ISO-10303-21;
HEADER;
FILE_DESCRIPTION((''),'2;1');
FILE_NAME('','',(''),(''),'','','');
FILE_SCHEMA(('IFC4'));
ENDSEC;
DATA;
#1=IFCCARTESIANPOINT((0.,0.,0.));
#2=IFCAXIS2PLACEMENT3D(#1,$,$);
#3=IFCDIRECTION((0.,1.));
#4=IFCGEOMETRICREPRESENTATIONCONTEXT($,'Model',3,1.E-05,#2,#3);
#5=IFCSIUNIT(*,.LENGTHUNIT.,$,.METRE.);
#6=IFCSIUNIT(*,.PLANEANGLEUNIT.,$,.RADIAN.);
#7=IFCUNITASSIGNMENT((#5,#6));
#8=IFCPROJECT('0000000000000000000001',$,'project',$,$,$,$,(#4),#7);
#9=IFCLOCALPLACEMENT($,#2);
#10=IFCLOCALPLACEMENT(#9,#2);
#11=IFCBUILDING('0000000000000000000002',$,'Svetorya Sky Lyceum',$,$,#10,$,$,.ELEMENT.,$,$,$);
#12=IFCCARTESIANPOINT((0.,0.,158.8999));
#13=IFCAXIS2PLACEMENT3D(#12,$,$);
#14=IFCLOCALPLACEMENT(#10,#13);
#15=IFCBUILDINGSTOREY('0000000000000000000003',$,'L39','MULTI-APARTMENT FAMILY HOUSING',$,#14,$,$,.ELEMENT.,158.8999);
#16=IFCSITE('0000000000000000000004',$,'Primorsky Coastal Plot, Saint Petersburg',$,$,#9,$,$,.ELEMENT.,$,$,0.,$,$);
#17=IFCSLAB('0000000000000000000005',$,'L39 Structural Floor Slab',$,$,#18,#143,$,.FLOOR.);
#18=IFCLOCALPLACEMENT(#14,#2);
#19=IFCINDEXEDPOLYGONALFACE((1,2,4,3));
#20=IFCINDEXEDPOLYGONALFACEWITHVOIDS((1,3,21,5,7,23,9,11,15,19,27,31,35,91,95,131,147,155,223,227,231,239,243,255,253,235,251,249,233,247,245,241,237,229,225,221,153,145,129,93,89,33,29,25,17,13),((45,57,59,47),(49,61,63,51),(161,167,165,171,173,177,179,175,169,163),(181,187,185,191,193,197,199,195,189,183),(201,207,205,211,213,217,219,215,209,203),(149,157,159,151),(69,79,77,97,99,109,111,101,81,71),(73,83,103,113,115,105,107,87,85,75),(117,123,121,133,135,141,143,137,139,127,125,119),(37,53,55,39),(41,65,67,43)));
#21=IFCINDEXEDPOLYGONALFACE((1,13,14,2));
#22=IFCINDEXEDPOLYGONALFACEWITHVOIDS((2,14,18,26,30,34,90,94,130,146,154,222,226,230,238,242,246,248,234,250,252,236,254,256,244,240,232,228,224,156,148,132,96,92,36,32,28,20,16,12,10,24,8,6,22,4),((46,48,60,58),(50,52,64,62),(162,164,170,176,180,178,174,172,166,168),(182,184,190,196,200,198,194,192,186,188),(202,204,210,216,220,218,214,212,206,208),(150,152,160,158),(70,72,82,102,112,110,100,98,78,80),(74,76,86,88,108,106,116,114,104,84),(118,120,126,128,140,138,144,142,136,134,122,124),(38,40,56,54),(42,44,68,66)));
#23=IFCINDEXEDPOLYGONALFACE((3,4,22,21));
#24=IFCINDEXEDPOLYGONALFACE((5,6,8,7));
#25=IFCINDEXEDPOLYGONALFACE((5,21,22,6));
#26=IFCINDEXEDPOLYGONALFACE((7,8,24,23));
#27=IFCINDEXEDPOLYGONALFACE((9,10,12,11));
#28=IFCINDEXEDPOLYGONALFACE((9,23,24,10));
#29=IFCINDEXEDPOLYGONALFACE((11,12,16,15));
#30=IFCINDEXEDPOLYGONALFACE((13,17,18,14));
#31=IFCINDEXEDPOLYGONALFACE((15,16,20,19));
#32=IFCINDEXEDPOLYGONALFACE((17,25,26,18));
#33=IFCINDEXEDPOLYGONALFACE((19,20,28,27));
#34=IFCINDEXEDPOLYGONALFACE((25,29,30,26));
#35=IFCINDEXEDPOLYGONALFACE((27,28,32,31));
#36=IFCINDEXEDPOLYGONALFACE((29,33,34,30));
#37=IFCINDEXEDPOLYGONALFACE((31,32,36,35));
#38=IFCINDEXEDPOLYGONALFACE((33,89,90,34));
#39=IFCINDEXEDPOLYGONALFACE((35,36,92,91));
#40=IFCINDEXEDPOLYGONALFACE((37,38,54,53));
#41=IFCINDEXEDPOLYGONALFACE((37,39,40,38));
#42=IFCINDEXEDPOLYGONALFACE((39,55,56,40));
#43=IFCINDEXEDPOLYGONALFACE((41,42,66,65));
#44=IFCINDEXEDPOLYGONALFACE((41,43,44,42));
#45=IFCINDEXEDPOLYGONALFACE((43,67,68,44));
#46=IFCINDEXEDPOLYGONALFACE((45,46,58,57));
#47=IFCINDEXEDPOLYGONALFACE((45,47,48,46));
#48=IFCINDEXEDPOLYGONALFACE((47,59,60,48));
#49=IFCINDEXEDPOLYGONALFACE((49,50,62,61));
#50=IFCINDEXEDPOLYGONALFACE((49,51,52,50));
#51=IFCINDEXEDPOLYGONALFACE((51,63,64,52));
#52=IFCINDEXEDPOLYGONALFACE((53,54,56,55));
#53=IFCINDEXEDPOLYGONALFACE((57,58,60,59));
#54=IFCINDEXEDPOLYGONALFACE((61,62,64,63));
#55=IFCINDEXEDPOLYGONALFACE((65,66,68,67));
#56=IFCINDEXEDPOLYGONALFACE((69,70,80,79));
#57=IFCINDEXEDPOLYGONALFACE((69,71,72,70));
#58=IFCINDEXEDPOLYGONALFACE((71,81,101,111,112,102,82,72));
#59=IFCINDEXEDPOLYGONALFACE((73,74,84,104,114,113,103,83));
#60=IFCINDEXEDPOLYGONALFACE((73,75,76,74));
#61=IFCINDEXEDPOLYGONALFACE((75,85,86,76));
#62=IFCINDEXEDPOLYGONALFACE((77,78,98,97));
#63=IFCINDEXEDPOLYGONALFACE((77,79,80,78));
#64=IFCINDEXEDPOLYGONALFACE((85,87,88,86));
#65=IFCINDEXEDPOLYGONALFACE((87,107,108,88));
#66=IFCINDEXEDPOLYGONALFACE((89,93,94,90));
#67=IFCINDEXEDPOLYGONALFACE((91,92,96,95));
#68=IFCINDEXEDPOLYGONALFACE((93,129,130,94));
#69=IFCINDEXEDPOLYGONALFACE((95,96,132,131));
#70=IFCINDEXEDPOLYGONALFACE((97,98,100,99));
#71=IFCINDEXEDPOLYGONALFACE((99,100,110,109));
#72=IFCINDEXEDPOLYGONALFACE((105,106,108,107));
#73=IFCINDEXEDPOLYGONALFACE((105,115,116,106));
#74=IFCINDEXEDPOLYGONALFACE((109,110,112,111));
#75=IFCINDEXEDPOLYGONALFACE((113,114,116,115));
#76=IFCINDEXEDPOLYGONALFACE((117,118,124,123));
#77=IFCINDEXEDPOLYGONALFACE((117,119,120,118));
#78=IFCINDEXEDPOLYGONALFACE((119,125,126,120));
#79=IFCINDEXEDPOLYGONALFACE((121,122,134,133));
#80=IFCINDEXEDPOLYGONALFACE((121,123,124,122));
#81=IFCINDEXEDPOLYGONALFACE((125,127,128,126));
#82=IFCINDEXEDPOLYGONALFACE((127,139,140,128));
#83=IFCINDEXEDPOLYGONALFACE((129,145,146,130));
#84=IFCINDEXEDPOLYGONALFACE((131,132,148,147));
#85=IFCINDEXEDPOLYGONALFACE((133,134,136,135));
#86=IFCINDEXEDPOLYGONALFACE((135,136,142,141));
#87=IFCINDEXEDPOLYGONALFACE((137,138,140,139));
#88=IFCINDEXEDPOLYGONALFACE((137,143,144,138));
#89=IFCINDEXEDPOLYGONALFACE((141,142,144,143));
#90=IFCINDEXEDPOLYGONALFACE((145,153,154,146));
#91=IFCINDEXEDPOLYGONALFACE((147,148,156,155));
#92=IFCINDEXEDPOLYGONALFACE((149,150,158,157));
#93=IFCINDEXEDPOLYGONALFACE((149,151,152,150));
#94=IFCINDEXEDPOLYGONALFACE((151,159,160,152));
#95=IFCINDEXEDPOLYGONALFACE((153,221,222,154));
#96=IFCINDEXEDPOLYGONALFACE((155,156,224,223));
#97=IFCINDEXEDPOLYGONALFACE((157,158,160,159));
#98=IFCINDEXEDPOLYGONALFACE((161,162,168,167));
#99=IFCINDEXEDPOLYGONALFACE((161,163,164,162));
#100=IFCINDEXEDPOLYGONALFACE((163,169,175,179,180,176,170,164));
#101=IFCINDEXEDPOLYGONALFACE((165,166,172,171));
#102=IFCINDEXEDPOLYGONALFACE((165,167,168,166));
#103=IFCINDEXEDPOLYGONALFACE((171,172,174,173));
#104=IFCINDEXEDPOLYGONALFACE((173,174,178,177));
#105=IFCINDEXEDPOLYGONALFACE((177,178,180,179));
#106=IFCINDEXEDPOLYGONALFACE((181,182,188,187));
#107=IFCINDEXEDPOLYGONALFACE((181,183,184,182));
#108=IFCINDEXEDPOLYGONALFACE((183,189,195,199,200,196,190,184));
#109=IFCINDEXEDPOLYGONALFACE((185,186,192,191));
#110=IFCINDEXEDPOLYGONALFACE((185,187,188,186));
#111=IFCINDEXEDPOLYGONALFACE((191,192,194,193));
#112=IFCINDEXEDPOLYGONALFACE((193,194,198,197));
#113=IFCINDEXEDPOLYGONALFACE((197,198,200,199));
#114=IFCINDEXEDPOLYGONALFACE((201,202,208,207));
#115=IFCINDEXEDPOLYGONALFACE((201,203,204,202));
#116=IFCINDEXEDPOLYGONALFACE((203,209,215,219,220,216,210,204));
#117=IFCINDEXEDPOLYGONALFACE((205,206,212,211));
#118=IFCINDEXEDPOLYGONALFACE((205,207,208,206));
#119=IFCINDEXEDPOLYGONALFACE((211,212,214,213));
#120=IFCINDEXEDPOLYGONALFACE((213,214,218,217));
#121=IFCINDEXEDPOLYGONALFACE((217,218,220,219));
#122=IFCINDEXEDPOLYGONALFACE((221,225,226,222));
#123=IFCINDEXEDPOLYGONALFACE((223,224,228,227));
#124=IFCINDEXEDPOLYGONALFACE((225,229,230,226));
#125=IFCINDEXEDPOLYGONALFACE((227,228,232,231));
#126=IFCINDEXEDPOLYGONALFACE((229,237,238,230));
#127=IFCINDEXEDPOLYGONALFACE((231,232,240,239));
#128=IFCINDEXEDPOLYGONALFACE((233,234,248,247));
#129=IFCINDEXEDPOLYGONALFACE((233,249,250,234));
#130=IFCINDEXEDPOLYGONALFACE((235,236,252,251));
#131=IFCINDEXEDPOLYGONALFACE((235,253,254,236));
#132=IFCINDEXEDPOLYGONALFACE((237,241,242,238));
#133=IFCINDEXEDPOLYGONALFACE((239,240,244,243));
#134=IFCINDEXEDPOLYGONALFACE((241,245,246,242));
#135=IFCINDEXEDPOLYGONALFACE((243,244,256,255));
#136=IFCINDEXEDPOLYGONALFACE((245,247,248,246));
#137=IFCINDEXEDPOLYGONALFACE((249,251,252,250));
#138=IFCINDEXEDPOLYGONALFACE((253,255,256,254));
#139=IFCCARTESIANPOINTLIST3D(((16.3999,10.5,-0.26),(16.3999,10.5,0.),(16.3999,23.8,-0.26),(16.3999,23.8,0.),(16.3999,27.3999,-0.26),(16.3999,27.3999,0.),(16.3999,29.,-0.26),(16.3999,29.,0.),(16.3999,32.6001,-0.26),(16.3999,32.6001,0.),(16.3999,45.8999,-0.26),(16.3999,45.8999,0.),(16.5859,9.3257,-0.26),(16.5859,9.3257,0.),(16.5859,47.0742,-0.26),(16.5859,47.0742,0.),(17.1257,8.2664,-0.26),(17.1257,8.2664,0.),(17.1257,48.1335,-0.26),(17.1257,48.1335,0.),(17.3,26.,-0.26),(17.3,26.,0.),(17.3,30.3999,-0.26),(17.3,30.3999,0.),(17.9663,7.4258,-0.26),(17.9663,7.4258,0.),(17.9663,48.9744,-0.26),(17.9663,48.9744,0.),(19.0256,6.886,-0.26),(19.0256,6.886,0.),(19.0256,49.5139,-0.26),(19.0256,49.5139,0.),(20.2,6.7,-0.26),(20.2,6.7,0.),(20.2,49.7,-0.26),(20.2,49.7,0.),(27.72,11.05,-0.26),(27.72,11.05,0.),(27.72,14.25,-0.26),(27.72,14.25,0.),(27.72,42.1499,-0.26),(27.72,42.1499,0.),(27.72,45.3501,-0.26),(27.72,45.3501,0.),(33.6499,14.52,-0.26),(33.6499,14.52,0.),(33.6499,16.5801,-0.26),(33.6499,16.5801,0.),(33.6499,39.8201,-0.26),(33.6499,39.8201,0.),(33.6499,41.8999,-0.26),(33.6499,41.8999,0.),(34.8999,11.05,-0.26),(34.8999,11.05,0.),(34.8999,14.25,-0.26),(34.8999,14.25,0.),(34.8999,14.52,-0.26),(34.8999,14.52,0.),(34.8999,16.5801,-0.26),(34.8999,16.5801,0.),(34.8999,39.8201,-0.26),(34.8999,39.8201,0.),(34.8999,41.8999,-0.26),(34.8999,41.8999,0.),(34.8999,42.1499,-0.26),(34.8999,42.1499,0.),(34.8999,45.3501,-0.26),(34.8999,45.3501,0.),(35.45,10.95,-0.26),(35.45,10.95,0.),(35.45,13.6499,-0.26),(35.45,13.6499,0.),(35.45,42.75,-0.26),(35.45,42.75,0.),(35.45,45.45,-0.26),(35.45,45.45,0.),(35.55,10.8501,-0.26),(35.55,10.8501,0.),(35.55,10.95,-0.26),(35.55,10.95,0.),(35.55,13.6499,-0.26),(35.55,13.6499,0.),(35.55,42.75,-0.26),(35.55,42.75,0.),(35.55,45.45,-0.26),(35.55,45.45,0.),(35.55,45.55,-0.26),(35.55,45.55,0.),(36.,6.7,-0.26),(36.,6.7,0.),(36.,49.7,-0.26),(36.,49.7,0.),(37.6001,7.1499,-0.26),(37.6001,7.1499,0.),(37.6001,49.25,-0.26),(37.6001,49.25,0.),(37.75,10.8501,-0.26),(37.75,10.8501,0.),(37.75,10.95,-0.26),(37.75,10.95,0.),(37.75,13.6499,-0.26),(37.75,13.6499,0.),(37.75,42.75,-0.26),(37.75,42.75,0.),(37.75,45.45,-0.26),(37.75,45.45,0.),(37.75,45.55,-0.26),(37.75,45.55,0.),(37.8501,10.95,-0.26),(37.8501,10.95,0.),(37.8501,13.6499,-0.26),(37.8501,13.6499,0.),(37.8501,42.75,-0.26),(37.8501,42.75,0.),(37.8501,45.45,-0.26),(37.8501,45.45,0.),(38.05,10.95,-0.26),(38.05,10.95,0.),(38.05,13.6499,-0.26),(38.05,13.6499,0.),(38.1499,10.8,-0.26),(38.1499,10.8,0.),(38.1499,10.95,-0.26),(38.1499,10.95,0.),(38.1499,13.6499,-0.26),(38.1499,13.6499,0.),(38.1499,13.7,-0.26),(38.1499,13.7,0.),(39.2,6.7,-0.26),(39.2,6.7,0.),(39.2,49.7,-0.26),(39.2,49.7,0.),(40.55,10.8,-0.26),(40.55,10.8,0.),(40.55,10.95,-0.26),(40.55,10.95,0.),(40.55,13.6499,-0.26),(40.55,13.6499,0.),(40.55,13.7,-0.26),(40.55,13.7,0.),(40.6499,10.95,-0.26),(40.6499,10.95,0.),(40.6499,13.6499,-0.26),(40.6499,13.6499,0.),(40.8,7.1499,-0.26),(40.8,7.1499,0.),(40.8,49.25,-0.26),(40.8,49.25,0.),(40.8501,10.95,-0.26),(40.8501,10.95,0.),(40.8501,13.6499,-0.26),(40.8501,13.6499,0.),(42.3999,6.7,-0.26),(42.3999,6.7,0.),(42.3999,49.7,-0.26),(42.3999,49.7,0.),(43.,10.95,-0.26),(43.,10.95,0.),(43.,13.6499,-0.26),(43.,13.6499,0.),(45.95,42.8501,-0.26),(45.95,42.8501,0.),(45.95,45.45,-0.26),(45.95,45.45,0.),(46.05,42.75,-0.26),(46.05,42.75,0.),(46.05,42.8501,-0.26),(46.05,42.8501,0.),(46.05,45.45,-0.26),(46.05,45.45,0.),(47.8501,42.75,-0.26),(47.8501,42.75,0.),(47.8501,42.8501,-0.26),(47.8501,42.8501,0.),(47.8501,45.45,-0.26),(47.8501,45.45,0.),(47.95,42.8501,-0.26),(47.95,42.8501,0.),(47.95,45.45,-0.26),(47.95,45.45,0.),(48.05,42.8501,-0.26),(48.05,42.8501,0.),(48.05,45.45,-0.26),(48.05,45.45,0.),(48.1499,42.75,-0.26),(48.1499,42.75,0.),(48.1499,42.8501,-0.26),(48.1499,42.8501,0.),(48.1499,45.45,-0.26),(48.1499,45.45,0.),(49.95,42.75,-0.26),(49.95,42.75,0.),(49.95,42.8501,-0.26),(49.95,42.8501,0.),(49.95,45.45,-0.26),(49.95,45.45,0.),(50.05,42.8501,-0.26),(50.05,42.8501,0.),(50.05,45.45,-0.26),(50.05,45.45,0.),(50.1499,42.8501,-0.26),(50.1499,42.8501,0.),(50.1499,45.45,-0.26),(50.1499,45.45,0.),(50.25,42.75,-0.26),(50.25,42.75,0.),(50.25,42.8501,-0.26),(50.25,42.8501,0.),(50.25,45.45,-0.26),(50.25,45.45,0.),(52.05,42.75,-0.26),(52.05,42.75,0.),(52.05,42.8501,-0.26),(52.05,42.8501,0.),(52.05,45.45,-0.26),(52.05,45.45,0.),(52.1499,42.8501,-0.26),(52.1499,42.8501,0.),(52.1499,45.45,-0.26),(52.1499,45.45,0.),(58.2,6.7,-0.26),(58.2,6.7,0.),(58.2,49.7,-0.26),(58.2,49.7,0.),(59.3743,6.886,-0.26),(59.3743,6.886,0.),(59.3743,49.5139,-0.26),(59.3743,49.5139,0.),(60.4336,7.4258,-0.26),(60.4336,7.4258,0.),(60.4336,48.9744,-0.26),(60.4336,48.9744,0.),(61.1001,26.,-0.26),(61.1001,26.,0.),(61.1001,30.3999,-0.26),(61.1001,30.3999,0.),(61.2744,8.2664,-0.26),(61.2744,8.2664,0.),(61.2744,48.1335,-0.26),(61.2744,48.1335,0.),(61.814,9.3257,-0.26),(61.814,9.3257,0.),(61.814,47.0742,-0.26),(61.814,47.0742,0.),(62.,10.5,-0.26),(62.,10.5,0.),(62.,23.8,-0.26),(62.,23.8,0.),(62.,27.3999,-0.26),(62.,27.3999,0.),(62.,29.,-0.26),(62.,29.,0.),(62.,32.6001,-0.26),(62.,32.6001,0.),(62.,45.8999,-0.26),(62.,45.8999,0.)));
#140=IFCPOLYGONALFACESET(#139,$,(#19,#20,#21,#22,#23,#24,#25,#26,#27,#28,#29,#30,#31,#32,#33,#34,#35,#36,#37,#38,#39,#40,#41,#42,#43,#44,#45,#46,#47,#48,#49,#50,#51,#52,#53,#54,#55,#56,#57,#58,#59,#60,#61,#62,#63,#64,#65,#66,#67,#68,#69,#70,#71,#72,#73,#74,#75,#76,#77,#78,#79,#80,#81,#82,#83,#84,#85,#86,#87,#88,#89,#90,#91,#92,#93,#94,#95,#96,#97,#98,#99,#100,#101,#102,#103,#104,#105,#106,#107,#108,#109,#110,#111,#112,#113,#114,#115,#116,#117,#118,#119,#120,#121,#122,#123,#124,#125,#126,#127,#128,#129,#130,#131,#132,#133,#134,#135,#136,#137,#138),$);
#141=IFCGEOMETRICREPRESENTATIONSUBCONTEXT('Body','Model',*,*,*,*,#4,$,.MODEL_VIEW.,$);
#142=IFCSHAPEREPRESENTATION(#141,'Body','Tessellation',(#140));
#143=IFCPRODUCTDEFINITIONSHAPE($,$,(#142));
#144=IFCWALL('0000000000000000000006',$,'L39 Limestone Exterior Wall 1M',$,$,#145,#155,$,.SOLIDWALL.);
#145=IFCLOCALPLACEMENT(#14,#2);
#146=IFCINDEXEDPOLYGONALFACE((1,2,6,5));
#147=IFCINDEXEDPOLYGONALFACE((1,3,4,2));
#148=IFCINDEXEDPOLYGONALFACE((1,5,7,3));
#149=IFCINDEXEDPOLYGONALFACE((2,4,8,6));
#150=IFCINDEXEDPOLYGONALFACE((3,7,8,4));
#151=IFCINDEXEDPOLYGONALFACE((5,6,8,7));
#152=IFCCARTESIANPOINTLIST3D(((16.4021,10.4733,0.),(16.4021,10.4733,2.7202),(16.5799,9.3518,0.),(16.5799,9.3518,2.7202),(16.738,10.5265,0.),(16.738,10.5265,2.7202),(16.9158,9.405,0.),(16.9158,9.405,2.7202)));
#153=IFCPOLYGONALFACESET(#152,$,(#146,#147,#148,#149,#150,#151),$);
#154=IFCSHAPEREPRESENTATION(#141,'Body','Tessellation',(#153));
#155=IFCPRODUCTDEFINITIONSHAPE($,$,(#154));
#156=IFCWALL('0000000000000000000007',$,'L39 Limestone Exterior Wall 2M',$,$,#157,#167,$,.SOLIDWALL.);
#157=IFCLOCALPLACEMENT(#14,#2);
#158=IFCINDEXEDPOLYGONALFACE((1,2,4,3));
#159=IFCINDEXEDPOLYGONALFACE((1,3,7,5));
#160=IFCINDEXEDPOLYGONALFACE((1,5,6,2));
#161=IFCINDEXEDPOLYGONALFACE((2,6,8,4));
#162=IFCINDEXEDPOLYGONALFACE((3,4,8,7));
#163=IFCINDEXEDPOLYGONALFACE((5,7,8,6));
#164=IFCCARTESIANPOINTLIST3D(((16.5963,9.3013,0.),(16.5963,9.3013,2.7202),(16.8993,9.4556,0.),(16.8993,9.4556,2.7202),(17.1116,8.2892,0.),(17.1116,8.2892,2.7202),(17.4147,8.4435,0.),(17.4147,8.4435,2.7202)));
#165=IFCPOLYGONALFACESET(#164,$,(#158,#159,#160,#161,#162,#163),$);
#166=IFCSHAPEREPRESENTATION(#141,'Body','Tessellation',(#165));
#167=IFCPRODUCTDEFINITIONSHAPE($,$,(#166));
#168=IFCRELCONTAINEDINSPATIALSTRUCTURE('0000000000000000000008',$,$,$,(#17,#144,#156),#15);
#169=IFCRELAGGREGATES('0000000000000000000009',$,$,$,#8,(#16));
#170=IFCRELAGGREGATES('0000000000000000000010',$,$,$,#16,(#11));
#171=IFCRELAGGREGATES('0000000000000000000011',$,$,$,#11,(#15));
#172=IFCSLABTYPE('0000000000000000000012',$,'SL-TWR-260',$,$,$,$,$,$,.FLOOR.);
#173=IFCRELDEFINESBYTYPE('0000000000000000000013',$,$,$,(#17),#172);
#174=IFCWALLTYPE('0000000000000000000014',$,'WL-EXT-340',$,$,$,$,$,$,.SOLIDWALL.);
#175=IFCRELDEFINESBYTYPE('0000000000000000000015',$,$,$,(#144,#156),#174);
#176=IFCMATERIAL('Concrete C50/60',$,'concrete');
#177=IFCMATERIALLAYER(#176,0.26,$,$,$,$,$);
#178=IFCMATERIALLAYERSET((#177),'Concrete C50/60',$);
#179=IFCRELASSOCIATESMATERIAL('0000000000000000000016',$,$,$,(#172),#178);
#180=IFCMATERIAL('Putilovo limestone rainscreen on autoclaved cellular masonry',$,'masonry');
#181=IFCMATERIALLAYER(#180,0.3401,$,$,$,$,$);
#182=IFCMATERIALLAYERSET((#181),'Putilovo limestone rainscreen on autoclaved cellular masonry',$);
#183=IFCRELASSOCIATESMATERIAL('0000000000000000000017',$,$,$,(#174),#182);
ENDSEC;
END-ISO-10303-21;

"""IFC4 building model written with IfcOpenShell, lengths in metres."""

from ifc_helpers import new_model, si_unit, direction, frame, frame_2d, origin, place, context, subcontext, project, spatial, polyline, rectangle, outline, extrude, material, layer, layer_set, type_object, element, save


model = new_model("IFC4")

# Units and contexts
model_context = context("Model", 3, precision=1e-05, world=origin(), true_north=direction((0.0, 1.0)))
body_context = subcontext(model_context, "Body", "Model", "MODEL_VIEW")
ifc_project = project(units=[si_unit("LENGTHUNIT", "METRE"), si_unit("PLANEANGLEUNIT", "RADIAN")], contexts=[model_context])

# Site, building, storey
site_placement = place(None, origin())
site = spatial("IfcSite", under=ifc_project, at=site_placement, Name="Primorsky Coastal Plot, Saint Petersburg", CompositionType="ELEMENT", RefElevation=0.0)
building_placement = place(site_placement, origin())
building = spatial("IfcBuilding", under=site, at=building_placement, Name="Svetorya Sky Lyceum", CompositionType="ELEMENT")
storey_placement = place(building_placement, frame((0.0, 0.0, 158.8999)))
storey = spatial("IfcBuildingStorey", under=building, at=storey_placement, Name="L39", Description="MULTI-APARTMENT FAMILY HOUSING", CompositionType="ELEMENT", Elevation=158.8999)

# Shared definitions
ifc_material_1 = material(Name="Concrete C50/60", Category="concrete")

# Slab
ifc_layer_1 = layer(ifc_material_1, 0.26)
ifc_layer_set_1 = layer_set([ifc_layer_1], Name="Concrete C50/60")
slab_type_1 = type_object("IfcSlabType", Name="SL-TWR-260", PredefinedType="FLOOR", material=ifc_layer_set_1)
slab_1_placement = place(storey_placement, frame((0.0, 0.0, -0.26)))
element("IfcSlab", 1, at=slab_1_placement, inside=storey, type_object=slab_type_1, Name="L39 Structural Floor Slab", PredefinedType="FLOOR", context=body_context, shape_type="SweptSolid", body=[
    extrude(outline(polyline([(16.3999, 10.5), (16.5859, 9.3257), (17.1257, 8.2664), (17.9663, 7.4258), (19.0256, 6.886), (20.2, 6.7), (36.0, 6.7), (37.6001, 7.1499), (39.2, 6.7), (40.8, 7.1499), (42.3999, 6.7), (58.2, 6.7), (59.3743, 6.886), (60.4336, 7.4258), (61.2744, 8.2664), (61.814, 9.3257), (62.0, 10.5), (62.0, 23.8), (61.1001, 26.0), (62.0, 27.3999), (62.0, 29.0), (61.1001, 30.3999), (62.0, 32.6001), (62.0, 45.8999), (61.814, 47.0742), (61.2744, 48.1335), (60.4336, 48.9744), (59.3743, 49.5139), (58.2, 49.7), (42.3999, 49.7), (40.8, 49.25), (39.2, 49.7), (37.6001, 49.25), (36.0, 49.7), (20.2, 49.7), (19.0256, 49.5139), (17.9663, 48.9744), (17.1257, 48.1335), (16.5859, 47.0742), (16.3999, 45.8999), (16.3999, 32.6001), (17.3, 30.3999), (16.3999, 29.0), (16.3999, 27.3999), (17.3, 26.0), (16.3999, 23.8), (16.3999, 10.5)]), holes=[polyline([(37.8501, 10.95), (37.75, 10.95), (37.75, 10.8501), (35.55, 10.8501), (35.55, 10.95), (35.45, 10.95), (35.45, 13.6499), (35.55, 13.6499), (37.75, 13.6499), (37.8501, 13.6499), (37.8501, 10.95)]), polyline([(38.1499, 10.8), (38.1499, 10.95), (38.05, 10.95), (38.05, 13.6499), (38.1499, 13.6499), (38.1499, 13.7), (40.55, 13.7), (40.55, 13.6499), (40.6499, 13.6499), (40.6499, 10.95), (40.55, 10.95), (40.55, 10.8), (38.1499, 10.8)]), polyline([(27.72, 11.05), (27.72, 14.25), (34.8999, 14.25), (34.8999, 11.05), (27.72, 11.05)]), polyline([(33.6499, 14.52), (33.6499, 16.5801), (34.8999, 16.5801), (34.8999, 14.52), (33.6499, 14.52)]), polyline([(33.6499, 39.8201), (33.6499, 41.8999), (34.8999, 41.8999), (34.8999, 39.8201), (33.6499, 39.8201)]), polyline([(27.72, 42.1499), (27.72, 45.3501), (34.8999, 45.3501), (34.8999, 42.1499), (27.72, 42.1499)]), polyline([(37.75, 42.75), (35.55, 42.75), (35.45, 42.75), (35.45, 45.45), (35.55, 45.45), (35.55, 45.55), (37.75, 45.55), (37.75, 45.45), (37.8501, 45.45), (37.8501, 42.75), (37.75, 42.75)]), polyline([(40.8501, 10.95), (40.8501, 13.6499), (43.0, 13.6499), (43.0, 10.95), (40.8501, 10.95)]), polyline([(46.05, 42.75), (46.05, 42.8501), (45.95, 42.8501), (45.95, 45.45), (46.05, 45.45), (47.8501, 45.45), (47.95, 45.45), (47.95, 42.8501), (47.8501, 42.8501), (47.8501, 42.75), (46.05, 42.75)]), polyline([(50.05, 42.8501), (49.95, 42.8501), (49.95, 42.75), (48.1499, 42.75), (48.1499, 42.8501), (48.05, 42.8501), (48.05, 45.45), (48.1499, 45.45), (49.95, 45.45), (50.05, 45.45), (50.05, 42.8501)]), polyline([(52.1499, 42.8501), (52.05, 42.8501), (52.05, 42.75), (50.25, 42.75), (50.25, 42.8501), (50.1499, 42.8501), (50.1499, 45.45), (50.25, 45.45), (52.05, 45.45), (52.1499, 45.45), (52.1499, 42.8501)])]), origin(), (0.0, 0.0, 1.0), 0.26),
])

# Walls
ifc_material_2 = material(Name="Putilovo limestone rainscreen on autoclaved cellular masonry", Category="masonry")
ifc_layer_2 = layer(ifc_material_2, 0.3401)
ifc_layer_set_2 = layer_set([ifc_layer_2], Name="Putilovo limestone rainscreen on autoclaved cellular masonry")
wall_type_1 = type_object("IfcWallType", Name="WL-EXT-340", PredefinedType="SOLIDWALL", material=ifc_layer_set_2)
wall_1_placement = place(storey_placement, frame((16.5701, 10.5, 0.0), z_axis=(0.0, 0.0, 1.0), x_axis=(0.156515, -0.987676, 0.0)))
element("IfcWall", 2, at=wall_1_placement, inside=storey, type_object=wall_type_1, Name="L39 Limestone Exterior Wall 1M", PredefinedType="SOLIDWALL", context=body_context, shape_type="SweptSolid", body=[
    extrude(rectangle(XDim=1.1355, YDim=0.3401, at=frame_2d((0.5679, 0.0))), origin(), (0.0, 0.0, 1.0), 2.7202),
])
for number, where, z_axis, x_axis, name in (
    (3, (16.7478, 9.3784, 0.0), (0.0, 0.0, 1.0), (0.453736, -0.891136, 0.0), "L39 Limestone Exterior Wall 2M"),
):
    element("IfcWall", number, at=place(storey_placement, frame(where, z_axis=z_axis, x_axis=x_axis)), inside=storey, type_object=wall_type_1, Name=name, PredefinedType="SOLIDWALL", context=body_context, shape_type="SweptSolid", body=[
        extrude(rectangle(XDim=1.1357, YDim=0.3401, at=frame_2d((0.5679, 0.0))), origin(), (0.0, 0.0, 1.0), 2.7202),
    ])

save(model, "model.ifc")
